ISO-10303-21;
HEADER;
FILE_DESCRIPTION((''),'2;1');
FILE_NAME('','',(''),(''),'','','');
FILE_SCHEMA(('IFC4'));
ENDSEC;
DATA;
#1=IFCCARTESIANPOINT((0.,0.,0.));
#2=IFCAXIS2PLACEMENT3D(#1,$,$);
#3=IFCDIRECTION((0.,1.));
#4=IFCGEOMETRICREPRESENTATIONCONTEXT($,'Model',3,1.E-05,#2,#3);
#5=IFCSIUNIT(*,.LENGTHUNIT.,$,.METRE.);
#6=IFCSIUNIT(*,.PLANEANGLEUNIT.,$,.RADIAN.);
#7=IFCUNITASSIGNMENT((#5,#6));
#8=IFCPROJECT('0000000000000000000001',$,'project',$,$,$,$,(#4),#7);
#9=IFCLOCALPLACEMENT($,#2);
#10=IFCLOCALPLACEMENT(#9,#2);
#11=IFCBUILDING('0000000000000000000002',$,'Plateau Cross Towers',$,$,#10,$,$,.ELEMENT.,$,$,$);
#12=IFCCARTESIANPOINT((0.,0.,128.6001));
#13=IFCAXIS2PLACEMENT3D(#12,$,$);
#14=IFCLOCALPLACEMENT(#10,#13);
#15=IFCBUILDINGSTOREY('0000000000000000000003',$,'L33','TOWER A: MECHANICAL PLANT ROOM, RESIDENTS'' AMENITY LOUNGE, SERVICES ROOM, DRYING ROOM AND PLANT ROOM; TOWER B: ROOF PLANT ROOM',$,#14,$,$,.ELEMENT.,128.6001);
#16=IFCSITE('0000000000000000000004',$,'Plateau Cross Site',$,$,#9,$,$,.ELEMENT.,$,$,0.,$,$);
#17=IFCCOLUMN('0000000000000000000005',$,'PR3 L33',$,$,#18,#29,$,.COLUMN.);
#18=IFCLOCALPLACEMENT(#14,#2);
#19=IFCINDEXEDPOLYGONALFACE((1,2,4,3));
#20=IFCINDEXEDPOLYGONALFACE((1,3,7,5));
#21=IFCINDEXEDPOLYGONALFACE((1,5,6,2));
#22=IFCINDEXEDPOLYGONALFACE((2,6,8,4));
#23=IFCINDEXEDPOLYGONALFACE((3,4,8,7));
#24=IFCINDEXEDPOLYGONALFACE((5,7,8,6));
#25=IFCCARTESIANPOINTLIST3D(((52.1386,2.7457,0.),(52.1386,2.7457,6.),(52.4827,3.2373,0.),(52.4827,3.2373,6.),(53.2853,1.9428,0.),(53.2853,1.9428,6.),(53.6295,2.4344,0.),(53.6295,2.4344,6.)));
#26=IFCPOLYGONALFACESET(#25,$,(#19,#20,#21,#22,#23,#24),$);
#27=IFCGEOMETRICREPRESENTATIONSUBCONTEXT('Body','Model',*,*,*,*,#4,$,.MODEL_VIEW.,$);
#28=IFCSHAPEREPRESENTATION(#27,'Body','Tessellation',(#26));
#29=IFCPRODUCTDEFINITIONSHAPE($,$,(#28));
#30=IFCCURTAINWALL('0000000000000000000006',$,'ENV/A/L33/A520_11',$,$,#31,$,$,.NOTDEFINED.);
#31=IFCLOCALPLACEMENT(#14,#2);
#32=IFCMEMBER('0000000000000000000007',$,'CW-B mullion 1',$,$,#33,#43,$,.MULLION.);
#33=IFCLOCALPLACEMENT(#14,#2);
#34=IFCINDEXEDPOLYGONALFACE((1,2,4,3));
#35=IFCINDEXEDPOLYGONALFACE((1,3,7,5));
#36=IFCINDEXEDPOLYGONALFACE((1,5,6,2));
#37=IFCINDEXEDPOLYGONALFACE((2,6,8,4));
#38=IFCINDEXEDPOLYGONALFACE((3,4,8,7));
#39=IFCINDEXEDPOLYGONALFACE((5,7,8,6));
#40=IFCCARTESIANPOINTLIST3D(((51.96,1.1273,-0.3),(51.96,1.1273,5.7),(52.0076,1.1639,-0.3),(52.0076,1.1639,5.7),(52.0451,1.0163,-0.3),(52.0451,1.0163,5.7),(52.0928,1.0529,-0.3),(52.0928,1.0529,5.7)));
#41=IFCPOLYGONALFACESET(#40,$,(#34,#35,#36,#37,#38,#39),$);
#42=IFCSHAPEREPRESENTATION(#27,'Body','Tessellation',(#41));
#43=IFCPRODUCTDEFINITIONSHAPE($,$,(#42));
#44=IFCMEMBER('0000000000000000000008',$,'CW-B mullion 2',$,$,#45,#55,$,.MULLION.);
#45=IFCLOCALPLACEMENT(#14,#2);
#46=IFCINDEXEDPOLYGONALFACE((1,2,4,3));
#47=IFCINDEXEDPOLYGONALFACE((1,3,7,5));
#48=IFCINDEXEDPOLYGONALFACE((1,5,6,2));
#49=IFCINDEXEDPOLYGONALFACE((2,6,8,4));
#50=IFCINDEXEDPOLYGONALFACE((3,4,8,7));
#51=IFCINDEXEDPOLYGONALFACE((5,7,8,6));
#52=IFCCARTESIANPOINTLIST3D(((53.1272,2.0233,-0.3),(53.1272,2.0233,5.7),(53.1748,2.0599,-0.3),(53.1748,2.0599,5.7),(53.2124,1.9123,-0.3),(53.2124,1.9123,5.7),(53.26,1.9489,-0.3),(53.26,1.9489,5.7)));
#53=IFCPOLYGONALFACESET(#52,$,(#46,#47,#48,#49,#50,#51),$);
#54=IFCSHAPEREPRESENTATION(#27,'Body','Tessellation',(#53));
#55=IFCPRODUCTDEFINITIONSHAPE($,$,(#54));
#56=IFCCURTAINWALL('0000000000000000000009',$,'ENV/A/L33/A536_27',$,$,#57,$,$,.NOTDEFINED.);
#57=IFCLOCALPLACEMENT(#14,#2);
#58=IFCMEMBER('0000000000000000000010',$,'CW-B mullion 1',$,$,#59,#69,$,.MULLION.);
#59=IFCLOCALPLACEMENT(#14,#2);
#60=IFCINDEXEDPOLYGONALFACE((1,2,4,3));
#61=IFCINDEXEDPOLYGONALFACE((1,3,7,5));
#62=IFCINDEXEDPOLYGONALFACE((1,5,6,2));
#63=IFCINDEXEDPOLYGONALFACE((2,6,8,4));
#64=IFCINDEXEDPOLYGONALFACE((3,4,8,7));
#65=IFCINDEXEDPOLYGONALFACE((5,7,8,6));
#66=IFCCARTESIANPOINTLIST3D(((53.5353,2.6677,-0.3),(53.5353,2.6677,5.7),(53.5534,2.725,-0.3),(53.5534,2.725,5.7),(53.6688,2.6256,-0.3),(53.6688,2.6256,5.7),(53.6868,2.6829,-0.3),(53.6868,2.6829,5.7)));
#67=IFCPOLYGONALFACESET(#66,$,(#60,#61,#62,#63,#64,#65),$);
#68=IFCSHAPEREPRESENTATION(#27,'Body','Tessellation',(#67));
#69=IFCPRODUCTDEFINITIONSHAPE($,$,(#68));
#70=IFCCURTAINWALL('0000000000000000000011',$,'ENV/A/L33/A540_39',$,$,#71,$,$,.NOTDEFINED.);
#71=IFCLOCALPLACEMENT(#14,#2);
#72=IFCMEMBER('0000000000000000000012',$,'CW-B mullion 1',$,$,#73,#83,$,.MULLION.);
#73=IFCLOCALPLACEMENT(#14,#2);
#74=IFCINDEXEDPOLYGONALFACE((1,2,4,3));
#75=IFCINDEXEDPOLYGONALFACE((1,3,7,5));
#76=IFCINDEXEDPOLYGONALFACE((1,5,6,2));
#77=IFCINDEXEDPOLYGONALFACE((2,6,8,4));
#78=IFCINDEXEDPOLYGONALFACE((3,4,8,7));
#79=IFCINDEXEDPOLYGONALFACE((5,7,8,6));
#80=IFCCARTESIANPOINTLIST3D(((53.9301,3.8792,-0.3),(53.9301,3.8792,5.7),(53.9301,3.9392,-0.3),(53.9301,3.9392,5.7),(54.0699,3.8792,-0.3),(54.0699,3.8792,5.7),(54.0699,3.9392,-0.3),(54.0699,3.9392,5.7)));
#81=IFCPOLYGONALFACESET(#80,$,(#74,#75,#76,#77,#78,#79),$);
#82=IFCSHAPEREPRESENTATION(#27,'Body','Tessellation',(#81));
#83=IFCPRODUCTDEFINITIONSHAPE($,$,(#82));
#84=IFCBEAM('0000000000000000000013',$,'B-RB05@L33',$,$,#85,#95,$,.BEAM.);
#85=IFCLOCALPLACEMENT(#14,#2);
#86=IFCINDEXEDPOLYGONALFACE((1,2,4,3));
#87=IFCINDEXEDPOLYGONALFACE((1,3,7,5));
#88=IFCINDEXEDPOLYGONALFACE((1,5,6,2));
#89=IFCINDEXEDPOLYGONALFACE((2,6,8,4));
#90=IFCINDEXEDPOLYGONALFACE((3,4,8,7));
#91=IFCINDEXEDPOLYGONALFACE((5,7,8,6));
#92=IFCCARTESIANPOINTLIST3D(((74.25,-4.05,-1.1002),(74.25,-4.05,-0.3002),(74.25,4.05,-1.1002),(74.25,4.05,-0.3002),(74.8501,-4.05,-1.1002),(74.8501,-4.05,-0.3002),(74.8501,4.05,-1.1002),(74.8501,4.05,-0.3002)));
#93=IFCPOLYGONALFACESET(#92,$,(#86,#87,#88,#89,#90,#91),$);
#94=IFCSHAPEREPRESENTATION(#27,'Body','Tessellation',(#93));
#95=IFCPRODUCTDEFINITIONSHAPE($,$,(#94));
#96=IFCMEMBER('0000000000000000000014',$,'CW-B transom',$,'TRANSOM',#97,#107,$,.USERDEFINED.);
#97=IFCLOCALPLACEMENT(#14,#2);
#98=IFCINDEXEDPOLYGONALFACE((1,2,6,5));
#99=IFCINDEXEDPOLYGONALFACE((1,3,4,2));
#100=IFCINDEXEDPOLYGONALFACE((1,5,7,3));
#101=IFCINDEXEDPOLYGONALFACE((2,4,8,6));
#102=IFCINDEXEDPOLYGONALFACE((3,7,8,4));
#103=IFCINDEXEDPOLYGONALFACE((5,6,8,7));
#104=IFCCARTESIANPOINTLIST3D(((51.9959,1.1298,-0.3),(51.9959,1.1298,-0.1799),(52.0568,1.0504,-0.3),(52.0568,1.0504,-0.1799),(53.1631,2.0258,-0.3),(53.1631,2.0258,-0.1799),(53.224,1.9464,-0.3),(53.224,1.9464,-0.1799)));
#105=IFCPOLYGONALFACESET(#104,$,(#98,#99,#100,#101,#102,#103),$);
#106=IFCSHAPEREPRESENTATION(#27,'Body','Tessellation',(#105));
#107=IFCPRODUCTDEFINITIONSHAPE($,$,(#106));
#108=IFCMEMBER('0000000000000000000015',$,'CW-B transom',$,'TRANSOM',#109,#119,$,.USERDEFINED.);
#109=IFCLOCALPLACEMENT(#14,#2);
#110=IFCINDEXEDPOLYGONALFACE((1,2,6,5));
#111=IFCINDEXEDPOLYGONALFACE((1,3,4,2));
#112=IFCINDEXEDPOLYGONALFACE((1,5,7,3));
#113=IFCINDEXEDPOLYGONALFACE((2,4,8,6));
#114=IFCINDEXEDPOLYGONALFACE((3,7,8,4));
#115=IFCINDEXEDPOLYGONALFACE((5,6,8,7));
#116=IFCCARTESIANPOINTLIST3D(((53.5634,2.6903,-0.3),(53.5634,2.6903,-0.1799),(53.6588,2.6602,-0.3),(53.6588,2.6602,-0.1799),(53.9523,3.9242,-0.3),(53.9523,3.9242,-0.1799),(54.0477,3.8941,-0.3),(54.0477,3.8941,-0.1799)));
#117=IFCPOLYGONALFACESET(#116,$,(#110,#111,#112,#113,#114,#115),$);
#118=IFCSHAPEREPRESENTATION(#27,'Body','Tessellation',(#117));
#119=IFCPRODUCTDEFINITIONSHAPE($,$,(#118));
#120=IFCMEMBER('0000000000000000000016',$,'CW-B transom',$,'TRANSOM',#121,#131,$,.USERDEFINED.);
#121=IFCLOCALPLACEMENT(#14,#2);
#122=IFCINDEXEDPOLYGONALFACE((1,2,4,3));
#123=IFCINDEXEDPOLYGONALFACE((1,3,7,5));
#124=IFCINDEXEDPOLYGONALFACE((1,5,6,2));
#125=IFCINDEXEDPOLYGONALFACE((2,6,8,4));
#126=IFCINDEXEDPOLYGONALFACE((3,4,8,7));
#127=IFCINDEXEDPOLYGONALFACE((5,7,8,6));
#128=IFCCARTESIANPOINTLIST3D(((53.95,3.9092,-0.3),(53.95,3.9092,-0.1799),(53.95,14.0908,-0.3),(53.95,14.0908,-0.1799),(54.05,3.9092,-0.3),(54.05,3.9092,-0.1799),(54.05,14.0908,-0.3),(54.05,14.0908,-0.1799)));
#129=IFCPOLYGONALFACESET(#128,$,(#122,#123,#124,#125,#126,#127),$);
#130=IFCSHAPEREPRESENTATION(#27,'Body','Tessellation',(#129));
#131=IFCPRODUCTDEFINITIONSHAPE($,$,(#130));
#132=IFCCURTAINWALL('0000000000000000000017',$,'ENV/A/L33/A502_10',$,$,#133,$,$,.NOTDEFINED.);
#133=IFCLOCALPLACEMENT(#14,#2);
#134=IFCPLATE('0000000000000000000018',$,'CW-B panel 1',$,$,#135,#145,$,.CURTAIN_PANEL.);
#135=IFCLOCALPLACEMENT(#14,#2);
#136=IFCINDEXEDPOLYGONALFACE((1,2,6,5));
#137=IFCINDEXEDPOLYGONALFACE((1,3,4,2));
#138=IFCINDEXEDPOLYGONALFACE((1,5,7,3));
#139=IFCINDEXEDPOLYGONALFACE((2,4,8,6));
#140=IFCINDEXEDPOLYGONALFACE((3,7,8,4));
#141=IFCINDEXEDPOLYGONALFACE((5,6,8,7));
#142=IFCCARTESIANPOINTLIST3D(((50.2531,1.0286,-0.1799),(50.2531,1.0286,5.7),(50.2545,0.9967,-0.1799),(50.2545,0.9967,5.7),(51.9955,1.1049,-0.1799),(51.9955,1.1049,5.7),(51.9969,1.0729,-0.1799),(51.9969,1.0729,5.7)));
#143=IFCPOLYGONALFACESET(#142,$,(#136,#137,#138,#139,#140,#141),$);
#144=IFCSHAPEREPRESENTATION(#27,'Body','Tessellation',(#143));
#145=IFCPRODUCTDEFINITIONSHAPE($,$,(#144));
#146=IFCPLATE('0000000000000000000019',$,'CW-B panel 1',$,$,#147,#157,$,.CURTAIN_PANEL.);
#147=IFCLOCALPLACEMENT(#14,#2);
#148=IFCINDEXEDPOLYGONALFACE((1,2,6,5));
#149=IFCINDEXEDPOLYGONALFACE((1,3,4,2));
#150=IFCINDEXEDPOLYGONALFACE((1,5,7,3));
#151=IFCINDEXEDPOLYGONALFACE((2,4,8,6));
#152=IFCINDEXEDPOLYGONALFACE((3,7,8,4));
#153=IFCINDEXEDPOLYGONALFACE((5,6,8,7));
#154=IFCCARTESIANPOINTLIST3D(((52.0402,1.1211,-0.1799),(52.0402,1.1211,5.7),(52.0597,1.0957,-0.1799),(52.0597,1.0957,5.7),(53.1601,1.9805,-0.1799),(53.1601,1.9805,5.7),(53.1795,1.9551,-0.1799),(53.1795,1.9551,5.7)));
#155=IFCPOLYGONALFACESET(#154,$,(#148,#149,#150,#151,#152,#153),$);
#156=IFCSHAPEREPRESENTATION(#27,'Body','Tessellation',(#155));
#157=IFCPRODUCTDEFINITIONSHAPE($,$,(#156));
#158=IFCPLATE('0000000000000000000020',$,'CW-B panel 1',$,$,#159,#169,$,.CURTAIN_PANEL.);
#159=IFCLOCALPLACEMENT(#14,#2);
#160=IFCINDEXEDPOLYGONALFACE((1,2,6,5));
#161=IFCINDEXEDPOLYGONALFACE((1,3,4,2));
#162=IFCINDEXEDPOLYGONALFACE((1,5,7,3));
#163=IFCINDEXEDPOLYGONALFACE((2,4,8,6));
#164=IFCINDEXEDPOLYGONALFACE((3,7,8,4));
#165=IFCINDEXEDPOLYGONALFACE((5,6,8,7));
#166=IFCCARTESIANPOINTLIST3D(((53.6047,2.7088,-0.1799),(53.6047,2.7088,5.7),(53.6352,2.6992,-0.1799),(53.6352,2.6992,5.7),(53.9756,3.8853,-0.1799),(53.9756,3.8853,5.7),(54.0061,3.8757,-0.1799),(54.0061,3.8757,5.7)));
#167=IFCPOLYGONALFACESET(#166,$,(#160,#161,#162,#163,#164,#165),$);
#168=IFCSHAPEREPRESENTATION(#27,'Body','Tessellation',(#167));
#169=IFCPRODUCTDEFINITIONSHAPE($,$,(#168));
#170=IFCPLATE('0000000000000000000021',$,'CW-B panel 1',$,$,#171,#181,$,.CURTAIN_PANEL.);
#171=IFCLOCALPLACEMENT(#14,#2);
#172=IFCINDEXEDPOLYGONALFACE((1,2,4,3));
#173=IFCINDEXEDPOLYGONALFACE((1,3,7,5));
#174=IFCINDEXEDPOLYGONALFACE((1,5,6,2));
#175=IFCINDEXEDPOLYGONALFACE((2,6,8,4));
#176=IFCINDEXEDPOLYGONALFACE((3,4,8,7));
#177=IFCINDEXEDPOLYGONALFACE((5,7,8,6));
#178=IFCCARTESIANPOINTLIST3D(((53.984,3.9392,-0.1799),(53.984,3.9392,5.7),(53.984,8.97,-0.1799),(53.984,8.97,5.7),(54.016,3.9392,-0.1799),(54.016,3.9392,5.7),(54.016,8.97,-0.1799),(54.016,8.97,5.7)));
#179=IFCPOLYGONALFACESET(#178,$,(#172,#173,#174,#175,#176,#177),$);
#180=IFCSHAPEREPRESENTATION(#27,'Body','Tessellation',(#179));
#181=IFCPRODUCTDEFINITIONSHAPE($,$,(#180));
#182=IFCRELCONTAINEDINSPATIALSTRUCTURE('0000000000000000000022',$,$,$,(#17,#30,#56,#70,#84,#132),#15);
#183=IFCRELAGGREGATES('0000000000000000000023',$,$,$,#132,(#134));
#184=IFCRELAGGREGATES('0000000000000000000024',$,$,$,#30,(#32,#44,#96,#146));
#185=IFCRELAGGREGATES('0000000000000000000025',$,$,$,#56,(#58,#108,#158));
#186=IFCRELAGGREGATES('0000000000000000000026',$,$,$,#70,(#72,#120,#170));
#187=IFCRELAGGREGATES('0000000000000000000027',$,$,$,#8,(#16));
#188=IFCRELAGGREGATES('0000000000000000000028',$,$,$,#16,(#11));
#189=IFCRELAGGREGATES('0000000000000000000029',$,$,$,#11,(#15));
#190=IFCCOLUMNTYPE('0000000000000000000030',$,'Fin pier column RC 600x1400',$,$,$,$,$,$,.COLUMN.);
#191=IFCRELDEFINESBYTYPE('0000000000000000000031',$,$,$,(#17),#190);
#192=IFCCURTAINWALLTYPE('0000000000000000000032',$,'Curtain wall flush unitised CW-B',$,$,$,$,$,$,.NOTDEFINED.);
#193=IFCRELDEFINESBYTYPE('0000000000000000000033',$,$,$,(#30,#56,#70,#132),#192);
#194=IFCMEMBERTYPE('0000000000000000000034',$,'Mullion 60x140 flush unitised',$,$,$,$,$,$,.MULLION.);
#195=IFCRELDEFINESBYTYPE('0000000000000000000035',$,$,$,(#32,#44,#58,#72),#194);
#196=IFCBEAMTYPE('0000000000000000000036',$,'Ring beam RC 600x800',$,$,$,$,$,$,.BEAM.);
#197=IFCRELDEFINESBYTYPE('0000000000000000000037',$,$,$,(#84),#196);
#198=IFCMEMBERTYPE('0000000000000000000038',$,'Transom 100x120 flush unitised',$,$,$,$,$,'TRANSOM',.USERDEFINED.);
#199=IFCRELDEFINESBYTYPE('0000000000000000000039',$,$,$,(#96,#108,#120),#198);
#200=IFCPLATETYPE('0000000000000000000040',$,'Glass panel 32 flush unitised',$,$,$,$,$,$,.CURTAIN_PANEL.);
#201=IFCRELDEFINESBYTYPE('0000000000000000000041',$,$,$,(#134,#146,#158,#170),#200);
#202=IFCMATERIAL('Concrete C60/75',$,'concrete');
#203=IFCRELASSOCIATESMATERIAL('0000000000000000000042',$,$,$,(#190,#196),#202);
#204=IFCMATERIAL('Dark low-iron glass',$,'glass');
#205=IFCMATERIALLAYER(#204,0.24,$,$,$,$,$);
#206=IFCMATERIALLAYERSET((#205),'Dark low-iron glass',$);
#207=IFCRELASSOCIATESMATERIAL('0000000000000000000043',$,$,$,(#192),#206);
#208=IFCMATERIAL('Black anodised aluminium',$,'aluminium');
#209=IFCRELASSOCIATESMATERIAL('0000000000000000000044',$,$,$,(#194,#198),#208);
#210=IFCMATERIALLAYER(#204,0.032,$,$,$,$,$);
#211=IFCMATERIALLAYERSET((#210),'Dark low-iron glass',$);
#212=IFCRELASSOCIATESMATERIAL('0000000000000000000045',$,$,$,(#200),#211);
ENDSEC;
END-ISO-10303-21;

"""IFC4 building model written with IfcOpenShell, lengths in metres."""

from ifc_helpers import new_model, si_unit, direction, frame, origin, origin_2d, place, context, subcontext, project, spatial, rectangle, extrude, material, layer, layer_set, material_profile, profile_set, type_object, element, aggregate, save


model = new_model("IFC4")

# Units and contexts
model_context = context("Model", 3, precision=1e-05, world=origin(), true_north=direction((0.0, 1.0)))
body_context = subcontext(model_context, "Body", "Model", "MODEL_VIEW")
ifc_project = project(units=[si_unit("LENGTHUNIT", "METRE"), si_unit("PLANEANGLEUNIT", "RADIAN")], contexts=[model_context])

# Site, building, storey
site_placement = place(None, origin())
site = spatial("IfcSite", under=ifc_project, at=site_placement, Name="Plateau Cross Site", CompositionType="ELEMENT", RefElevation=0.0)
building_placement = place(site_placement, origin())
building = spatial("IfcBuilding", under=site, at=building_placement, Name="Plateau Cross Towers", CompositionType="ELEMENT")
storey_placement = place(building_placement, frame((0.0, 0.0, 128.6001)))
storey = spatial("IfcBuildingStorey", under=building, at=storey_placement, Name="L33", Description="TOWER A: MECHANICAL PLANT ROOM, RESIDENTS' AMENITY LOUNGE, SERVICES ROOM, DRYING ROOM AND PLANT ROOM; TOWER B: ROOF PLANT ROOM", CompositionType="ELEMENT", Elevation=128.6001)

# Column
ifc_material_1 = material(Name="Concrete C60/75", Category="concrete")
ifc_material_profile_1 = material_profile(ifc_material_1, rectangle(XDim=0.6001, YDim=1.3999, at=origin_2d()), Name="RC 600x1400")
ifc_profile_set_1 = profile_set([ifc_material_profile_1], Name="Concrete C60/75")
column_type = type_object("IfcColumnType", Name="Fin pier column RC 600x1400", PredefinedType="COLUMN", material=ifc_profile_set_1)
column_placement = place(storey_placement, frame((52.884, 2.5901, 0.0), z_axis=(0.0, 0.0, 1.0), x_axis=(0.573543, 0.819176, 0.0)))
element("IfcColumn", 1, at=column_placement, inside=storey, type_object=column_type, Name="PR3 L33", PredefinedType="COLUMN", context=body_context, shape_type="SweptSolid", body=[
    extrude(rectangle(XDim=0.6001, YDim=1.3999, at=origin_2d()), origin(), (0.0, 0.0, 1.0), 6.0),
])

# Curtain wall, members
ifc_material_2 = material(Name="Dark low-iron glass", Category="glass")
ifc_layer_1 = layer(ifc_material_2, 0.24)
ifc_layer_set_1 = layer_set([ifc_layer_1], Name="Dark low-iron glass")
curtain_wall_type = type_object("IfcCurtainWallType", Name="Curtain wall flush unitised CW-B", PredefinedType="NOTDEFINED", material=ifc_layer_set_1)
curtain_wall_1_placement = place(storey_placement, origin())
curtain_wall_1 = element("IfcCurtainWall", 2, at=curtain_wall_1_placement, inside=storey, type_object=curtain_wall_type, Name="ENV/A/L33/A520_11", PredefinedType="NOTDEFINED")
ifc_material_3 = material(Name="Black anodised aluminium", Category="aluminium")
ifc_material_profile_2 = material_profile(ifc_material_3, rectangle(XDim=0.0601, YDim=0.1399, at=origin_2d()), Name="MULLION 60x140")
ifc_profile_set_2 = profile_set([ifc_material_profile_2], Name="Black anodised aluminium")
member_type_1 = type_object("IfcMemberType", Name="Mullion 60x140 flush unitised", PredefinedType="MULLION", material=ifc_profile_set_2)
member_1_placement = place(storey_placement, frame((52.0264, 1.0901, -0.3), z_axis=(0.0, 0.0, 1.0), x_axis=(0.793316, 0.608811, 0.0)))
member_1 = element("IfcMember", 3, at=member_1_placement, type_object=member_type_1, Name="CW-B mullion 1", PredefinedType="MULLION", context=body_context, shape_type="SweptSolid", body=[
    extrude(rectangle(XDim=0.0601, YDim=0.1399, at=origin_2d()), origin(), (0.0, 0.0, 1.0), 6.0),
])
member_2_placement = place(storey_placement, frame((53.1936, 1.9861, -0.3), z_axis=(0.0, 0.0, 1.0), x_axis=(0.793316, 0.608811, 0.0)))
member_2 = element("IfcMember", 4, at=member_2_placement, type_object=member_type_1, Name="CW-B mullion 2", PredefinedType="MULLION", context=body_context, shape_type="SweptSolid", body=[
    extrude(rectangle(XDim=0.0601, YDim=0.1399, at=origin_2d()), origin(), (0.0, 0.0, 1.0), 6.0),
])

# Curtain walls, members
curtain_wall_2_placement = place(storey_placement, origin())
curtain_wall_2 = element("IfcCurtainWall", 5, at=curtain_wall_2_placement, inside=storey, type_object=curtain_wall_type, Name="ENV/A/L33/A536_27", PredefinedType="NOTDEFINED")
member_3_placement = place(storey_placement, frame((53.6111, 2.6753, -0.3), z_axis=(0.0, 0.0, 1.0), x_axis=(0.300686, 0.953723, 0.0)))
member_3 = element("IfcMember", 6, at=member_3_placement, type_object=member_type_1, Name="CW-B mullion 1", PredefinedType="MULLION", context=body_context, shape_type="SweptSolid", body=[
    extrude(rectangle(XDim=0.0601, YDim=0.1399, at=origin_2d()), origin(), (0.0, 0.0, 1.0), 6.0),
])
curtain_wall_3_placement = place(storey_placement, origin())
curtain_wall_3 = element("IfcCurtainWall", 7, at=curtain_wall_3_placement, inside=storey, type_object=curtain_wall_type, Name="ENV/A/L33/A540_39", PredefinedType="NOTDEFINED")
member_4_placement = place(storey_placement, frame((54.0, 3.9092, -0.3), z_axis=(0.0, 0.0, 1.0), x_axis=(0.0, 1.0, 0.0)))
member_4 = element("IfcMember", 8, at=member_4_placement, type_object=member_type_1, Name="CW-B mullion 1", PredefinedType="MULLION", context=body_context, shape_type="SweptSolid", body=[
    extrude(rectangle(XDim=0.0601, YDim=0.1399, at=origin_2d()), origin(), (0.0, 0.0, 1.0), 6.0),
])

# Beam
ifc_material_profile_3 = material_profile(ifc_material_1, rectangle(XDim=0.6001, YDim=0.8, at=origin_2d()), Name="RC 600x800")
ifc_profile_set_3 = profile_set([ifc_material_profile_3], Name="Concrete C60/75")
beam_type = type_object("IfcBeamType", Name="Ring beam RC 600x800", PredefinedType="BEAM", material=ifc_profile_set_3)
beam_placement = place(storey_placement, frame((74.55, 4.05, -0.7002), z_axis=(0.0, -1.0, 0.0), x_axis=(1.0, 0.0, 0.0)))
element("IfcBeam", 9, at=beam_placement, inside=storey, type_object=beam_type, Name="B-RB05@L33", PredefinedType="BEAM", context=body_context, shape_type="SweptSolid", body=[
    extrude(rectangle(XDim=0.6001, YDim=0.8, at=origin_2d()), origin(), (0.0, 0.0, 1.0), 8.1001),
])

# Members
ifc_material_profile_4 = material_profile(ifc_material_3, rectangle(XDim=0.1001, YDim=0.1201, at=origin_2d()), Name="TRANSOM 100x120")
ifc_profile_set_4 = profile_set([ifc_material_profile_4], Name="Black anodised aluminium")
member_type_2 = type_object("IfcMemberType", Name="Transom 100x120 flush unitised", ElementType="TRANSOM", PredefinedType="USERDEFINED", material=ifc_profile_set_4)
member_5_placement = place(storey_placement, frame((52.0264, 1.0901, -0.24), z_axis=(0.79324, 0.608909, 0.0), x_axis=(-0.608909, 0.79324, 0.0)))
member_5 = element("IfcMember", 10, at=member_5_placement, type_object=member_type_2, Name="CW-B transom", ObjectType="TRANSOM", PredefinedType="USERDEFINED", context=body_context, shape_type="SweptSolid", body=[
    extrude(rectangle(XDim=0.1001, YDim=0.1201, at=origin_2d()), origin(), (0.0, 0.0, 1.0), 1.4714),
])
member_6_placement = place(storey_placement, frame((53.6111, 2.6753, -0.24), z_axis=(0.300617, 0.953745, 0.0), x_axis=(-0.953745, 0.300617, 0.0)))
member_6 = element("IfcMember", 11, at=member_6_placement, type_object=member_type_2, Name="CW-B transom", ObjectType="TRANSOM", PredefinedType="USERDEFINED", context=body_context, shape_type="SweptSolid", body=[
    extrude(rectangle(XDim=0.1001, YDim=0.1201, at=origin_2d()), origin(), (0.0, 0.0, 1.0), 1.2937),
])
member_7_placement = place(storey_placement, frame((54.0, 3.9092, -0.24), z_axis=(0.0, 1.0, 0.0), x_axis=(-1.0, 0.0, 0.0)))
member_7 = element("IfcMember", 12, at=member_7_placement, type_object=member_type_2, Name="CW-B transom", ObjectType="TRANSOM", PredefinedType="USERDEFINED", context=body_context, shape_type="SweptSolid", body=[
    extrude(rectangle(XDim=0.1001, YDim=0.1201, at=origin_2d()), origin(), (0.0, 0.0, 1.0), 10.1816),
])

# Curtain wall, plate
curtain_wall_4_placement = place(storey_placement, origin())
curtain_wall_4 = element("IfcCurtainWall", 13, at=curtain_wall_4_placement, inside=storey, type_object=curtain_wall_type, Name="ENV/A/L33/A502_10", PredefinedType="NOTDEFINED")
ifc_layer_2 = layer(ifc_material_2, 0.032)
ifc_layer_set_2 = layer_set([ifc_layer_2], Name="Dark low-iron glass")
plate_type = type_object("IfcPlateType", Name="Glass panel 32 flush unitised", PredefinedType="CURTAIN_PANEL", material=ifc_layer_set_2)
plate_1_placement = place(storey_placement, frame((51.125, 1.0508, -0.1799), z_axis=(0.0, 0.0, 1.0), x_axis=(0.999044, 0.043723, 0.0)))
plate_1 = element("IfcPlate", 14, at=plate_1_placement, type_object=plate_type, Name="CW-B panel 1", PredefinedType="CURTAIN_PANEL", context=body_context, shape_type="SweptSolid", body=[
    extrude(rectangle(XDim=1.7441, YDim=0.032, at=origin_2d()), origin(), (0.0, 0.0, 1.0), 5.8799),
])
aggregate(curtain_wall_4, [plate_1])

# Plates
plate_2_placement = place(storey_placement, frame((52.6099, 1.5381, -0.1799), z_axis=(0.0, 0.0, 1.0), x_axis=(0.793316, 0.608811, 0.0)))
plate_2 = element("IfcPlate", 15, at=plate_2_placement, type_object=plate_type, Name="CW-B panel 1", PredefinedType="CURTAIN_PANEL", context=body_context, shape_type="SweptSolid", body=[
    extrude(rectangle(XDim=1.4116, YDim=0.032, at=origin_2d()), origin(), (0.0, 0.0, 1.0), 5.8799),
])
aggregate(curtain_wall_1, [member_1, member_2, member_5, plate_2])
plate_3_placement = place(storey_placement, frame((53.8054, 3.2922, -0.1799), z_axis=(0.0, 0.0, 1.0), x_axis=(0.300686, 0.953723, 0.0)))
plate_3 = element("IfcPlate", 16, at=plate_3_placement, type_object=plate_type, Name="CW-B panel 1", PredefinedType="CURTAIN_PANEL", context=body_context, shape_type="SweptSolid", body=[
    extrude(rectangle(XDim=1.2336, YDim=0.032, at=origin_2d()), origin(), (0.0, 0.0, 1.0), 5.8799),
])
aggregate(curtain_wall_2, [member_3, member_6, plate_3])
plate_4_placement = place(storey_placement, frame((54.0, 6.4546, -0.1799), z_axis=(0.0, 0.0, 1.0), x_axis=(0.0, 1.0, 0.0)))
plate_4 = element("IfcPlate", 17, at=plate_4_placement, type_object=plate_type, Name="CW-B panel 1", PredefinedType="CURTAIN_PANEL", context=body_context, shape_type="SweptSolid", body=[
    extrude(rectangle(XDim=5.0308, YDim=0.032, at=origin_2d()), origin(), (0.0, 0.0, 1.0), 5.8799),
])
aggregate(curtain_wall_3, [member_4, member_7, plate_4])

save(model, "model.ifc")
